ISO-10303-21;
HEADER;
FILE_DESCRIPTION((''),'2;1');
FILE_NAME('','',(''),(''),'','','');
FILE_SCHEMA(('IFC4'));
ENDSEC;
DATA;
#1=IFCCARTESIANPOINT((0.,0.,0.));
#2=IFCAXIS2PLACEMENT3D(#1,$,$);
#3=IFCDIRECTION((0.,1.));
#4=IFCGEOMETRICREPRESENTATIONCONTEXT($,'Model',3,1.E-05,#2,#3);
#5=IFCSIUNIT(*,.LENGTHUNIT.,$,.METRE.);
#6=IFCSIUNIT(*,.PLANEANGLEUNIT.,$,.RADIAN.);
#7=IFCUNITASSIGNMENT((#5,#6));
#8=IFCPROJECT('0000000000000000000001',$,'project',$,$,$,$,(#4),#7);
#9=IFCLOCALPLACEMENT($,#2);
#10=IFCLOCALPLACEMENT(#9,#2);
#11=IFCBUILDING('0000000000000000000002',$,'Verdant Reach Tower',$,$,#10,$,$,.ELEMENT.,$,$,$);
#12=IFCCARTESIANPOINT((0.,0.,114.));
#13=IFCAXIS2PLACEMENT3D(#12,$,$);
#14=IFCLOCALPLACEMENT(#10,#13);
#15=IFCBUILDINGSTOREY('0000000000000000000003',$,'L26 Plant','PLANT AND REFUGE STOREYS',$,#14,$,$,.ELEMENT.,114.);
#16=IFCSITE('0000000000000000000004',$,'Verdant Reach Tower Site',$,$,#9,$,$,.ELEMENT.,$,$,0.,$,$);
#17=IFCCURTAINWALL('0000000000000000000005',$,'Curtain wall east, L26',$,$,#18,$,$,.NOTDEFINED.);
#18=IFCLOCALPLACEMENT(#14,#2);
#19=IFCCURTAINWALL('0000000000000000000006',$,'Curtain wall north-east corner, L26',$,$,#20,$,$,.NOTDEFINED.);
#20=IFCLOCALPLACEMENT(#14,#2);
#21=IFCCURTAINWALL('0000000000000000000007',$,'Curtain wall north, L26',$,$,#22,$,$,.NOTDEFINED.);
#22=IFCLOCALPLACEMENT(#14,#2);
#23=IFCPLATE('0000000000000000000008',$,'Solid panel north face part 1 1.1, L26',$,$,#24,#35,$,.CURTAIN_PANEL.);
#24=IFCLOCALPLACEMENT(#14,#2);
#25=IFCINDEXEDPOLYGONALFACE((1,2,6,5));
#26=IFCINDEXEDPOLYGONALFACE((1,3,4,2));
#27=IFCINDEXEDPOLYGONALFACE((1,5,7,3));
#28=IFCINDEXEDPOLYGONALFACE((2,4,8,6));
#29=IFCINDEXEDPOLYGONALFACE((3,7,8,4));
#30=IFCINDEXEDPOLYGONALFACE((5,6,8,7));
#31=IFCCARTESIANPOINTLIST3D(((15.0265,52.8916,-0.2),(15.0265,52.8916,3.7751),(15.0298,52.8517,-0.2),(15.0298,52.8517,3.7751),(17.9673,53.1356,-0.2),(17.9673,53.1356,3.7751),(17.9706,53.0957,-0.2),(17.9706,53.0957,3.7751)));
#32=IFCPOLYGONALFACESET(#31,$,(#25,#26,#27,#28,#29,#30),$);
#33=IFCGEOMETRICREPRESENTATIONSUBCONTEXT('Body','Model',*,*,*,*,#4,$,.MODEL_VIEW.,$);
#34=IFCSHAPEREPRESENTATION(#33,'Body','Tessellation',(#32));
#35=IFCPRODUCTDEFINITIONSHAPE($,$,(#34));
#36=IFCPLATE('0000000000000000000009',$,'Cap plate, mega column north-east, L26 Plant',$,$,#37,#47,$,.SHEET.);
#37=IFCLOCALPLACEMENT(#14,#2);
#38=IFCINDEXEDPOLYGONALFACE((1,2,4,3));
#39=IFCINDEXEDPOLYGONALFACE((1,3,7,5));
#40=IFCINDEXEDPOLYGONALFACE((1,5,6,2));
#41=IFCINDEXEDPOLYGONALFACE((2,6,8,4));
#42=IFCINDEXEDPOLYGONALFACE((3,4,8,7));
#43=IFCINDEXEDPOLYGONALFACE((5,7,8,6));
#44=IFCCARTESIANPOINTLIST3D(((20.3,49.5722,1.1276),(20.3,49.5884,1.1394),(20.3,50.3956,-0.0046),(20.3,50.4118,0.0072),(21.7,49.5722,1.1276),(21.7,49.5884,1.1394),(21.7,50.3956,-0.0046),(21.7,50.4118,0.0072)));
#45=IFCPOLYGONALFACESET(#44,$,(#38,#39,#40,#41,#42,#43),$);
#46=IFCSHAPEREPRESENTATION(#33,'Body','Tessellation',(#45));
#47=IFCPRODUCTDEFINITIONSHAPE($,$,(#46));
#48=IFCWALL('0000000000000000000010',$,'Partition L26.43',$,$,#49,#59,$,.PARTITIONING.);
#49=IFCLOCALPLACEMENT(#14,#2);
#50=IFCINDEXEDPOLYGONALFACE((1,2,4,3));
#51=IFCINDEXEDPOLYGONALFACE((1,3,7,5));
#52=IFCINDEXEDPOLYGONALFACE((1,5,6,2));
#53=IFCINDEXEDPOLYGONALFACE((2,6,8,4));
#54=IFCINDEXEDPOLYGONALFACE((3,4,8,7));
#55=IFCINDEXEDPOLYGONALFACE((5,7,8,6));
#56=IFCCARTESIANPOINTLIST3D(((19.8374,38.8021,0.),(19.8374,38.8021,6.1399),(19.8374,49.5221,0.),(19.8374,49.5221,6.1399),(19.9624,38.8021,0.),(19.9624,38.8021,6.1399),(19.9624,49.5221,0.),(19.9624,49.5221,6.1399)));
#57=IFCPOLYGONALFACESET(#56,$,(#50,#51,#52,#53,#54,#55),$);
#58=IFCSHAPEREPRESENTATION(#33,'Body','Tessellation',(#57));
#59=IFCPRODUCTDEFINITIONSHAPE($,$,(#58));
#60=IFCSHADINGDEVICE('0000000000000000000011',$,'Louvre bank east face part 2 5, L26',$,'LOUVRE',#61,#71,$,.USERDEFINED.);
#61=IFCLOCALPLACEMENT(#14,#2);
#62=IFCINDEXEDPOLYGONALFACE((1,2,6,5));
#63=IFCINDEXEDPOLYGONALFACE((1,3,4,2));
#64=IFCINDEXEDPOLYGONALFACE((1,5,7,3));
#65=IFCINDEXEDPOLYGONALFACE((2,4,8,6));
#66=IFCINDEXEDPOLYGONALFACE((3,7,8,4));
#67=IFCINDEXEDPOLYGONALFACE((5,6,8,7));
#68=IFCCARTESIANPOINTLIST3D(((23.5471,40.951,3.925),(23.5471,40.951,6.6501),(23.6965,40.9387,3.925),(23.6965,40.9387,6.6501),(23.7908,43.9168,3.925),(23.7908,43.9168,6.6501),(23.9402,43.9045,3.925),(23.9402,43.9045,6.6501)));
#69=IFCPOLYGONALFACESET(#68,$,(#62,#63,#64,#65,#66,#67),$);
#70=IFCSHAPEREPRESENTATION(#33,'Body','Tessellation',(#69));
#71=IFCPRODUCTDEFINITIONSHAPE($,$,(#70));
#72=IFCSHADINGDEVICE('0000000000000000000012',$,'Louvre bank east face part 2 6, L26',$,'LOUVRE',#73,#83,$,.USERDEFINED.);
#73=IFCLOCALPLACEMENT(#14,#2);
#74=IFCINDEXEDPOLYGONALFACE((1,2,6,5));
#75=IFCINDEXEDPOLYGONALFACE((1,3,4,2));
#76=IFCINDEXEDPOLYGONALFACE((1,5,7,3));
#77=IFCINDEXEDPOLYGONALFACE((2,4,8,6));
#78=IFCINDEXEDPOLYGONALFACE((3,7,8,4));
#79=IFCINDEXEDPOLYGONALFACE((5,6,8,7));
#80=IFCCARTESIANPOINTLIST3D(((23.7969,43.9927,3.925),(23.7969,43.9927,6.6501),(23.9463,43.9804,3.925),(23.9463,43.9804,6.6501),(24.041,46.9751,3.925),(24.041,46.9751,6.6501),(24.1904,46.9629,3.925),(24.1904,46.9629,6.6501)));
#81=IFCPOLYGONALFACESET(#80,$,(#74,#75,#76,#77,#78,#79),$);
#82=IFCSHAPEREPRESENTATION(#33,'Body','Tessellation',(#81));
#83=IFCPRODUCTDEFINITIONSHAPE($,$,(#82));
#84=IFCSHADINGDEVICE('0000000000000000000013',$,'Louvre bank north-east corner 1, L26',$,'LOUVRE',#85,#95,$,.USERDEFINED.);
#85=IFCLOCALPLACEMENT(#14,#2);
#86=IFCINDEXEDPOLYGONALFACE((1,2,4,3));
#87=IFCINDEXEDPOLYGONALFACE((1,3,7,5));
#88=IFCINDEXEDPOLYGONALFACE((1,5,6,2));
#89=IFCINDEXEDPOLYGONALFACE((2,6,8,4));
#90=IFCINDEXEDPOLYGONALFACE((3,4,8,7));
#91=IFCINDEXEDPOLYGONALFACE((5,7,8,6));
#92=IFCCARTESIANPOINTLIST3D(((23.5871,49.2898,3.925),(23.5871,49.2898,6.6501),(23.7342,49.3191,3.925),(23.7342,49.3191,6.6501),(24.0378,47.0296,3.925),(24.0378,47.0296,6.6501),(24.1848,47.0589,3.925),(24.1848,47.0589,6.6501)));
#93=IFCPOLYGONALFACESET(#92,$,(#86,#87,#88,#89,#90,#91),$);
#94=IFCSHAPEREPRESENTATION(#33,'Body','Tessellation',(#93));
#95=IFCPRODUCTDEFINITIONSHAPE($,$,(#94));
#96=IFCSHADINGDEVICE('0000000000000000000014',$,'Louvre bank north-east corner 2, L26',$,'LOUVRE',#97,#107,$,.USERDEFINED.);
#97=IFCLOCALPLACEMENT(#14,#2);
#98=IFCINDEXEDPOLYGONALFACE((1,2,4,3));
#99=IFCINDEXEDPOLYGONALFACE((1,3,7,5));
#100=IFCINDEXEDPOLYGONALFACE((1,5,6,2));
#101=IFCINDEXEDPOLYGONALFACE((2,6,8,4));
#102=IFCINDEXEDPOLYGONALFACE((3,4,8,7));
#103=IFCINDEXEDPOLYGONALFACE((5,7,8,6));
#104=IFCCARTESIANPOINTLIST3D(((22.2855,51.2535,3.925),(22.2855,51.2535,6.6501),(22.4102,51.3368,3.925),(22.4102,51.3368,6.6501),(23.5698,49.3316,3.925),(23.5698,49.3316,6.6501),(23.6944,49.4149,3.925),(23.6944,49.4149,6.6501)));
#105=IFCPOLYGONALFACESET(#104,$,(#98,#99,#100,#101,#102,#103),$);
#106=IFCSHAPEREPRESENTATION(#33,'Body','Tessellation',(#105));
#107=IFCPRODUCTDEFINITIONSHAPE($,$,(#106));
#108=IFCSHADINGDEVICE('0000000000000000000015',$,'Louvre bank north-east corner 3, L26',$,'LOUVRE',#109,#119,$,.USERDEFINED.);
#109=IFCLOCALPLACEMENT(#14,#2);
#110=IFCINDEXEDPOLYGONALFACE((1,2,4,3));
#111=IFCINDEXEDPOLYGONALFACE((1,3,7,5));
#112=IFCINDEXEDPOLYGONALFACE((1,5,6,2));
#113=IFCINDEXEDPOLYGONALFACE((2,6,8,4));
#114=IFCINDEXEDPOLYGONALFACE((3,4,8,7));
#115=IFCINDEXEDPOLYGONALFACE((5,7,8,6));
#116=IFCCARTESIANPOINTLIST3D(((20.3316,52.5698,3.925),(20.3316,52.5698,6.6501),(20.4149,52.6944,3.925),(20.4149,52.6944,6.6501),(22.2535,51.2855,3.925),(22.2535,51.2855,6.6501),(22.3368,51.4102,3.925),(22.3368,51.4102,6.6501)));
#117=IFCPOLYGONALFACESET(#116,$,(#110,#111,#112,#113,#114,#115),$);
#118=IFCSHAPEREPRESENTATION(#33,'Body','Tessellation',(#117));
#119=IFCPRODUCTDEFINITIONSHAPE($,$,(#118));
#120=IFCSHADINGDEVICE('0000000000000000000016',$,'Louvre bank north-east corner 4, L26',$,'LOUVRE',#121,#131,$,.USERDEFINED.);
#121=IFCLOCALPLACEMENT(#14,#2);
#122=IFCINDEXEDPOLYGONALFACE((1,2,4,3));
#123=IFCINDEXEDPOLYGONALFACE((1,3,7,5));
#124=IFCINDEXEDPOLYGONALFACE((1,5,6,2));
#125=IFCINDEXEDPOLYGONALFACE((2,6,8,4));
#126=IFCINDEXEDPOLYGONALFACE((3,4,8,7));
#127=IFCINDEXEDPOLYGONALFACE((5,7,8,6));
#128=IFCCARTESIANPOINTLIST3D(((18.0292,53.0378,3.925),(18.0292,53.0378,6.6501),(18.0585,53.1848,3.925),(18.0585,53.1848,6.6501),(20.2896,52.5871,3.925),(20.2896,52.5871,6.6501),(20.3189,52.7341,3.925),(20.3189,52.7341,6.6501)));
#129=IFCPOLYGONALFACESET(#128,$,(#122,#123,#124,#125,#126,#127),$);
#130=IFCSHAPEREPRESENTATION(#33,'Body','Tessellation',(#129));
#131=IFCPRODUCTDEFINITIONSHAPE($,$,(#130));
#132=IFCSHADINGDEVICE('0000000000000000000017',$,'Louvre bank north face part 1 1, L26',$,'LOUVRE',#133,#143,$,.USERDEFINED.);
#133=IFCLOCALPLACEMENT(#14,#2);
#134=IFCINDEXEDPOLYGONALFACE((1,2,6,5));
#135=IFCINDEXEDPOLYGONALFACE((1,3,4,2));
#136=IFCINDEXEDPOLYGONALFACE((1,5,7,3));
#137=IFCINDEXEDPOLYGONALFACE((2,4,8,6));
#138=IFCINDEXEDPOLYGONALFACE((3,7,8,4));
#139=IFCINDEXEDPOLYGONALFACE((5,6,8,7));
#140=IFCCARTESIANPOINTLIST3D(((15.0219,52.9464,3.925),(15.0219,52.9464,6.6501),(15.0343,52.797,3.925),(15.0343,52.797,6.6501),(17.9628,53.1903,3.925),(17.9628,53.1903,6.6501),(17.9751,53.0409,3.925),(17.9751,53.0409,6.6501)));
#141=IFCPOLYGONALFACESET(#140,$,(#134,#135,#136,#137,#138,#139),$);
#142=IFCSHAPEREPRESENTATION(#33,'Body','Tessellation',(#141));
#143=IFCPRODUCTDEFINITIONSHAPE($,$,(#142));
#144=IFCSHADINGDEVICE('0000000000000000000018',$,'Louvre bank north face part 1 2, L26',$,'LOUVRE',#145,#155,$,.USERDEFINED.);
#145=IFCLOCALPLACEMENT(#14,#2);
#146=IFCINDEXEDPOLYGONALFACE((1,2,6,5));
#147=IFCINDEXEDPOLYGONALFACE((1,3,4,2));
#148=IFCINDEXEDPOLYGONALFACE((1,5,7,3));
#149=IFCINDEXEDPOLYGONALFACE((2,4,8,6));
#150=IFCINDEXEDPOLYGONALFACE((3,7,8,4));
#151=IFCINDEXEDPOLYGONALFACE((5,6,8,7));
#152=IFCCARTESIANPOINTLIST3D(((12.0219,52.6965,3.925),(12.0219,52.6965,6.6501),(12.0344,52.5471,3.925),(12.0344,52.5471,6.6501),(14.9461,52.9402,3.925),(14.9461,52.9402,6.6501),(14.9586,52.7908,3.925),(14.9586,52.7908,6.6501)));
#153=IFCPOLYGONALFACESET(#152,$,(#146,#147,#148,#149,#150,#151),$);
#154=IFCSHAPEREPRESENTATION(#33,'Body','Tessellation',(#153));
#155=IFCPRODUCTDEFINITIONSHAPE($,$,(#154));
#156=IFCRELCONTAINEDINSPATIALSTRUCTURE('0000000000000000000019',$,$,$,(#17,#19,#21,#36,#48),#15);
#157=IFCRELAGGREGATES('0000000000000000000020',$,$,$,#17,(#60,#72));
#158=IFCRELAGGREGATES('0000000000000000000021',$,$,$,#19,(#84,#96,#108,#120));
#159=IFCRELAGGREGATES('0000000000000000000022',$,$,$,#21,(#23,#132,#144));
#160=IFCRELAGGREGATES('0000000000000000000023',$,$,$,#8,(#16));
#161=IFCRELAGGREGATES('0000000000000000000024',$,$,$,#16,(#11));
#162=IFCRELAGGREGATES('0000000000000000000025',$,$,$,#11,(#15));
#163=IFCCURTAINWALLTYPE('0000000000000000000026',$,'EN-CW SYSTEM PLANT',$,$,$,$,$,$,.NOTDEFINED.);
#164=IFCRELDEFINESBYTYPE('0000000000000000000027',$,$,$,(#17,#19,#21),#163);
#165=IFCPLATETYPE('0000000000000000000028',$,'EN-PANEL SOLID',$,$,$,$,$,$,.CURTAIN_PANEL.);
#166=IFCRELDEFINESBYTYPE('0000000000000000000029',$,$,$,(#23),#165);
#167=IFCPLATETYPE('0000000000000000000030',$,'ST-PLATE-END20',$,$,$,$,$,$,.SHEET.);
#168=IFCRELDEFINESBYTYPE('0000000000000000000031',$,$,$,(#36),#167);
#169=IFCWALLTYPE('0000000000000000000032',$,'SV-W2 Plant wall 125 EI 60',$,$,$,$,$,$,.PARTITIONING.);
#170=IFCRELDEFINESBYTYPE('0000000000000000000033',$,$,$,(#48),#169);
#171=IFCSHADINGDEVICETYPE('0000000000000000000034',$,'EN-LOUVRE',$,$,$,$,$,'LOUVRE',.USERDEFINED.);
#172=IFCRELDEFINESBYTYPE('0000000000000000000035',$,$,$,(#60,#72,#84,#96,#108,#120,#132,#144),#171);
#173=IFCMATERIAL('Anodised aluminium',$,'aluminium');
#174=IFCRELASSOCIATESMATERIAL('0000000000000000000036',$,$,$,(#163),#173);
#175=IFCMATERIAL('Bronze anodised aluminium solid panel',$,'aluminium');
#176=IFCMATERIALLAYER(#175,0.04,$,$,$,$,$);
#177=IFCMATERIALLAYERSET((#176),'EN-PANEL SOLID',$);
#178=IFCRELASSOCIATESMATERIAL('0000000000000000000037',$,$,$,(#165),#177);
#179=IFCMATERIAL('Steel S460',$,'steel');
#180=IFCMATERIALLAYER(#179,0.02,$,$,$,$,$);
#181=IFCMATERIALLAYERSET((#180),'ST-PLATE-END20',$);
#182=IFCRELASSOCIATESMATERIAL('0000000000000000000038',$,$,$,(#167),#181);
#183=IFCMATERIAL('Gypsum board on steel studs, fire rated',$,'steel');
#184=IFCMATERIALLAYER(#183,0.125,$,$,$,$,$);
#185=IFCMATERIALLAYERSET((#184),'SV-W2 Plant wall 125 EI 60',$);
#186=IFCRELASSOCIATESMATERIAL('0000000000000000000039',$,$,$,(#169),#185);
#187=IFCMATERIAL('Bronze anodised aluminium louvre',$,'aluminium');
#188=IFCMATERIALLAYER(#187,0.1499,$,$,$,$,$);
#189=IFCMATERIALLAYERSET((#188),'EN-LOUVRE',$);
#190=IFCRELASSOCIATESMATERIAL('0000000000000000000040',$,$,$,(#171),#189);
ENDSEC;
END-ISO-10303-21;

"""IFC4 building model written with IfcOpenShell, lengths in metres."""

from ifc_helpers import new_model, si_unit, direction, frame, frame_2d, origin, origin_2d, place, context, subcontext, project, spatial, rectangle, extrude, material, layer, layer_set, type_object, element, aggregate, save


model = new_model("IFC4")

# Units and contexts
model_context = context("Model", 3, precision=1e-05, world=origin(), true_north=direction((0.0, 1.0)))
body_context = subcontext(model_context, "Body", "Model", "MODEL_VIEW")
ifc_project = project(units=[si_unit("LENGTHUNIT", "METRE"), si_unit("PLANEANGLEUNIT", "RADIAN")], contexts=[model_context])

# Site, building, storey
site_placement = place(None, origin())
site = spatial("IfcSite", under=ifc_project, at=site_placement, Name="Verdant Reach Tower Site", CompositionType="ELEMENT", RefElevation=0.0)
building_placement = place(site_placement, origin())
building = spatial("IfcBuilding", under=site, at=building_placement, Name="Verdant Reach Tower", CompositionType="ELEMENT")
storey_placement = place(building_placement, frame((0.0, 0.0, 114.0)))
storey = spatial("IfcBuildingStorey", under=building, at=storey_placement, Name="L26 Plant", Description="PLANT AND REFUGE STOREYS", CompositionType="ELEMENT", Elevation=114.0)

# Shared definitions
ifc_material_1 = material(Name="Steel S460", Category="steel")

# Curtain walls
ifc_material_2 = material(Name="Anodised aluminium", Category="aluminium")
curtain_wall_type = type_object("IfcCurtainWallType", Name="EN-CW SYSTEM PLANT", PredefinedType="NOTDEFINED", material=ifc_material_2)
curtain_wall_1_placement = place(storey_placement, origin())
curtain_wall_1 = element("IfcCurtainWall", 1, at=curtain_wall_1_placement, inside=storey, type_object=curtain_wall_type, Name="Curtain wall east, L26", PredefinedType="NOTDEFINED")
curtain_wall_2_placement = place(storey_placement, origin())
curtain_wall_2 = element("IfcCurtainWall", 2, at=curtain_wall_2_placement, inside=storey, type_object=curtain_wall_type, Name="Curtain wall north-east corner, L26", PredefinedType="NOTDEFINED")
curtain_wall_3_placement = place(storey_placement, origin())
curtain_wall_3 = element("IfcCurtainWall", 3, at=curtain_wall_3_placement, inside=storey, type_object=curtain_wall_type, Name="Curtain wall north, L26", PredefinedType="NOTDEFINED")

# Plates
ifc_material_3 = material(Name="Bronze anodised aluminium solid panel", Category="aluminium")
ifc_layer_1 = layer(ifc_material_3, 0.04)
ifc_layer_set_1 = layer_set([ifc_layer_1], Name="EN-PANEL SOLID")
plate_type_1 = type_object("IfcPlateType", Name="EN-PANEL SOLID", PredefinedType="CURTAIN_PANEL", material=ifc_layer_set_1)
plate_1_placement = place(storey_placement, frame((16.4985, 52.9937, -0.2), z_axis=(0.0, 0.0, 1.0), x_axis=(-0.996578, -0.082664, 0.0)))
plate_1 = element("IfcPlate", 4, at=plate_1_placement, type_object=plate_type_1, Name="Solid panel north face part 1 1.1, L26", PredefinedType="CURTAIN_PANEL", context=body_context, shape_type="SweptSolid", body=[
    extrude(rectangle(XDim=2.9509, YDim=0.04, at=origin_2d()), origin(), (0.0, 0.0, 1.0), 3.9751),
])
ifc_layer_2 = layer(ifc_material_1, 0.02)
ifc_layer_set_2 = layer_set([ifc_layer_2], Name="ST-PLATE-END20")
plate_type_2 = type_object("IfcPlateType", Name="ST-PLATE-END20", PredefinedType="SHEET", material=ifc_layer_set_2)
plate_2_placement = place(storey_placement, frame((21.0, 49.9839, 0.5615), z_axis=(0.0, 0.808736, 0.588172), x_axis=(-1.0, 0.0, 0.0)))
element("IfcPlate", 5, at=plate_2_placement, inside=storey, type_object=plate_type_2, Name="Cap plate, mega column north-east, L26 Plant", PredefinedType="SHEET", context=body_context, shape_type="SweptSolid", body=[
    extrude(rectangle(XDim=1.3999, YDim=1.3999, at=origin_2d()), origin(), (0.0, 0.0, 1.0), 0.02),
])

# Wall
ifc_material_4 = material(Name="Gypsum board on steel studs, fire rated", Category="steel")
ifc_layer_3 = layer(ifc_material_4, 0.125)
ifc_layer_set_3 = layer_set([ifc_layer_3], Name="SV-W2 Plant wall 125 EI 60")
wall_type = type_object("IfcWallType", Name="SV-W2 Plant wall 125 EI 60", PredefinedType="PARTITIONING", material=ifc_layer_set_3)
wall_placement = place(storey_placement, frame((19.8999, 49.522, 0.0), z_axis=(0.0, 0.0, 1.0), x_axis=(0.0, -1.0, 0.0)))
element("IfcWall", 6, at=wall_placement, inside=storey, type_object=wall_type, Name="Partition L26.43", PredefinedType="PARTITIONING", context=body_context, shape_type="SweptSolid", body=[
    extrude(rectangle(XDim=10.72, YDim=0.125, at=frame_2d((5.3599, 0.0))), origin(), (0.0, 0.0, 1.0), 6.1399),
])

# Shading devices
ifc_material_5 = material(Name="Bronze anodised aluminium louvre", Category="aluminium")
ifc_layer_4 = layer(ifc_material_5, 0.1499)
ifc_layer_set_4 = layer_set([ifc_layer_4], Name="EN-LOUVRE")
shading_device_type = type_object("IfcShadingDeviceType", Name="EN-LOUVRE", ElementType="LOUVRE", PredefinedType="USERDEFINED", material=ifc_layer_set_4)
shading_device_1_placement = place(storey_placement, frame((23.7437, 42.4277, 3.925), z_axis=(0.0, 0.0, 1.0), x_axis=(0.081916, 0.996639, 0.0)))
shading_device_1 = element("IfcShadingDevice", 7, at=shading_device_1_placement, type_object=shading_device_type, Name="Louvre bank east face part 2 5, L26", ObjectType="LOUVRE", PredefinedType="USERDEFINED", context=body_context, shape_type="SweptSolid", body=[
    extrude(rectangle(XDim=2.9758, YDim=0.1499, at=origin_2d()), origin(), (0.0, 0.0, 1.0), 2.7251),
])
shading_device_2_placement = place(storey_placement, frame((23.9937, 45.4778, 3.925), z_axis=(0.0, 0.0, 1.0), x_axis=(0.081542, 0.99667, 0.0)))
shading_device_2 = element("IfcShadingDevice", 8, at=shading_device_2_placement, type_object=shading_device_type, Name="Louvre bank east face part 2 6, L26", ObjectType="LOUVRE", PredefinedType="USERDEFINED", context=body_context, shape_type="SweptSolid", body=[
    extrude(rectangle(XDim=2.9924, YDim=0.1499, at=origin_2d()), origin(), (0.0, 0.0, 1.0), 2.7251),
])
aggregate(curtain_wall_1, [shading_device_1, shading_device_2])
shading_device_3_placement = place(storey_placement, frame((23.886, 48.1743, 3.925), z_axis=(0.0, 0.0, 1.0), x_axis=(-0.195549, 0.980694, 0.0)))
shading_device_3 = element("IfcShadingDevice", 9, at=shading_device_3_placement, type_object=shading_device_type, Name="Louvre bank north-east corner 1, L26", ObjectType="LOUVRE", PredefinedType="USERDEFINED", context=body_context, shape_type="SweptSolid", body=[
    extrude(rectangle(XDim=2.3047, YDim=0.1499, at=origin_2d()), origin(), (0.0, 0.0, 1.0), 2.7251),
])
shading_device_4_placement = place(storey_placement, frame((22.99, 50.3342, 3.925), z_axis=(0.0, 0.0, 1.0), x_axis=(-0.555596, 0.831452, 0.0)))
shading_device_4 = element("IfcShadingDevice", 10, at=shading_device_4_placement, type_object=shading_device_type, Name="Louvre bank north-east corner 2, L26", ObjectType="LOUVRE", PredefinedType="USERDEFINED", context=body_context, shape_type="SweptSolid", body=[
    extrude(rectangle(XDim=2.3115, YDim=0.1499, at=origin_2d()), origin(), (0.0, 0.0, 1.0), 2.7251),
])
shading_device_5_placement = place(storey_placement, frame((21.3342, 51.99, 3.925), z_axis=(0.0, 0.0, 1.0), x_axis=(-0.831452, 0.555596, 0.0)))
shading_device_5 = element("IfcShadingDevice", 11, at=shading_device_5_placement, type_object=shading_device_type, Name="Louvre bank north-east corner 3, L26", ObjectType="LOUVRE", PredefinedType="USERDEFINED", context=body_context, shape_type="SweptSolid", body=[
    extrude(rectangle(XDim=2.3115, YDim=0.1499, at=origin_2d()), origin(), (0.0, 0.0, 1.0), 2.7251),
])
shading_device_6_placement = place(storey_placement, frame((19.1741, 52.886, 3.925), z_axis=(0.0, 0.0, 1.0), x_axis=(-0.980695, 0.195545, 0.0)))
shading_device_6 = element("IfcShadingDevice", 12, at=shading_device_6_placement, type_object=shading_device_type, Name="Louvre bank north-east corner 4, L26", ObjectType="LOUVRE", PredefinedType="USERDEFINED", context=body_context, shape_type="SweptSolid", body=[
    extrude(rectangle(XDim=2.3049, YDim=0.1499, at=origin_2d()), origin(), (0.0, 0.0, 1.0), 2.7251),
])
aggregate(curtain_wall_2, [shading_device_3, shading_device_4, shading_device_5, shading_device_6])
shading_device_7_placement = place(storey_placement, frame((16.4985, 52.9937, 3.925), z_axis=(0.0, 0.0, 1.0), x_axis=(-0.996578, -0.082664, 0.0)))
shading_device_7 = element("IfcShadingDevice", 13, at=shading_device_7_placement, type_object=shading_device_type, Name="Louvre bank north face part 1 1, L26", ObjectType="LOUVRE", PredefinedType="USERDEFINED", context=body_context, shape_type="SweptSolid", body=[
    extrude(rectangle(XDim=2.9509, YDim=0.1499, at=origin_2d()), origin(), (0.0, 0.0, 1.0), 2.7251),
])
shading_device_8_placement = place(storey_placement, frame((13.4902, 52.7437, 3.925), z_axis=(0.0, 0.0, 1.0), x_axis=(-0.996546, -0.083045, 0.0)))
shading_device_8 = element("IfcShadingDevice", 14, at=shading_device_8_placement, type_object=shading_device_type, Name="Louvre bank north face part 1 2, L26", ObjectType="LOUVRE", PredefinedType="USERDEFINED", context=body_context, shape_type="SweptSolid", body=[
    extrude(rectangle(XDim=2.9343, YDim=0.1499, at=origin_2d()), origin(), (0.0, 0.0, 1.0), 2.7251),
])
aggregate(curtain_wall_3, [plate_1, shading_device_7, shading_device_8])

save(model, "model.ifc")
